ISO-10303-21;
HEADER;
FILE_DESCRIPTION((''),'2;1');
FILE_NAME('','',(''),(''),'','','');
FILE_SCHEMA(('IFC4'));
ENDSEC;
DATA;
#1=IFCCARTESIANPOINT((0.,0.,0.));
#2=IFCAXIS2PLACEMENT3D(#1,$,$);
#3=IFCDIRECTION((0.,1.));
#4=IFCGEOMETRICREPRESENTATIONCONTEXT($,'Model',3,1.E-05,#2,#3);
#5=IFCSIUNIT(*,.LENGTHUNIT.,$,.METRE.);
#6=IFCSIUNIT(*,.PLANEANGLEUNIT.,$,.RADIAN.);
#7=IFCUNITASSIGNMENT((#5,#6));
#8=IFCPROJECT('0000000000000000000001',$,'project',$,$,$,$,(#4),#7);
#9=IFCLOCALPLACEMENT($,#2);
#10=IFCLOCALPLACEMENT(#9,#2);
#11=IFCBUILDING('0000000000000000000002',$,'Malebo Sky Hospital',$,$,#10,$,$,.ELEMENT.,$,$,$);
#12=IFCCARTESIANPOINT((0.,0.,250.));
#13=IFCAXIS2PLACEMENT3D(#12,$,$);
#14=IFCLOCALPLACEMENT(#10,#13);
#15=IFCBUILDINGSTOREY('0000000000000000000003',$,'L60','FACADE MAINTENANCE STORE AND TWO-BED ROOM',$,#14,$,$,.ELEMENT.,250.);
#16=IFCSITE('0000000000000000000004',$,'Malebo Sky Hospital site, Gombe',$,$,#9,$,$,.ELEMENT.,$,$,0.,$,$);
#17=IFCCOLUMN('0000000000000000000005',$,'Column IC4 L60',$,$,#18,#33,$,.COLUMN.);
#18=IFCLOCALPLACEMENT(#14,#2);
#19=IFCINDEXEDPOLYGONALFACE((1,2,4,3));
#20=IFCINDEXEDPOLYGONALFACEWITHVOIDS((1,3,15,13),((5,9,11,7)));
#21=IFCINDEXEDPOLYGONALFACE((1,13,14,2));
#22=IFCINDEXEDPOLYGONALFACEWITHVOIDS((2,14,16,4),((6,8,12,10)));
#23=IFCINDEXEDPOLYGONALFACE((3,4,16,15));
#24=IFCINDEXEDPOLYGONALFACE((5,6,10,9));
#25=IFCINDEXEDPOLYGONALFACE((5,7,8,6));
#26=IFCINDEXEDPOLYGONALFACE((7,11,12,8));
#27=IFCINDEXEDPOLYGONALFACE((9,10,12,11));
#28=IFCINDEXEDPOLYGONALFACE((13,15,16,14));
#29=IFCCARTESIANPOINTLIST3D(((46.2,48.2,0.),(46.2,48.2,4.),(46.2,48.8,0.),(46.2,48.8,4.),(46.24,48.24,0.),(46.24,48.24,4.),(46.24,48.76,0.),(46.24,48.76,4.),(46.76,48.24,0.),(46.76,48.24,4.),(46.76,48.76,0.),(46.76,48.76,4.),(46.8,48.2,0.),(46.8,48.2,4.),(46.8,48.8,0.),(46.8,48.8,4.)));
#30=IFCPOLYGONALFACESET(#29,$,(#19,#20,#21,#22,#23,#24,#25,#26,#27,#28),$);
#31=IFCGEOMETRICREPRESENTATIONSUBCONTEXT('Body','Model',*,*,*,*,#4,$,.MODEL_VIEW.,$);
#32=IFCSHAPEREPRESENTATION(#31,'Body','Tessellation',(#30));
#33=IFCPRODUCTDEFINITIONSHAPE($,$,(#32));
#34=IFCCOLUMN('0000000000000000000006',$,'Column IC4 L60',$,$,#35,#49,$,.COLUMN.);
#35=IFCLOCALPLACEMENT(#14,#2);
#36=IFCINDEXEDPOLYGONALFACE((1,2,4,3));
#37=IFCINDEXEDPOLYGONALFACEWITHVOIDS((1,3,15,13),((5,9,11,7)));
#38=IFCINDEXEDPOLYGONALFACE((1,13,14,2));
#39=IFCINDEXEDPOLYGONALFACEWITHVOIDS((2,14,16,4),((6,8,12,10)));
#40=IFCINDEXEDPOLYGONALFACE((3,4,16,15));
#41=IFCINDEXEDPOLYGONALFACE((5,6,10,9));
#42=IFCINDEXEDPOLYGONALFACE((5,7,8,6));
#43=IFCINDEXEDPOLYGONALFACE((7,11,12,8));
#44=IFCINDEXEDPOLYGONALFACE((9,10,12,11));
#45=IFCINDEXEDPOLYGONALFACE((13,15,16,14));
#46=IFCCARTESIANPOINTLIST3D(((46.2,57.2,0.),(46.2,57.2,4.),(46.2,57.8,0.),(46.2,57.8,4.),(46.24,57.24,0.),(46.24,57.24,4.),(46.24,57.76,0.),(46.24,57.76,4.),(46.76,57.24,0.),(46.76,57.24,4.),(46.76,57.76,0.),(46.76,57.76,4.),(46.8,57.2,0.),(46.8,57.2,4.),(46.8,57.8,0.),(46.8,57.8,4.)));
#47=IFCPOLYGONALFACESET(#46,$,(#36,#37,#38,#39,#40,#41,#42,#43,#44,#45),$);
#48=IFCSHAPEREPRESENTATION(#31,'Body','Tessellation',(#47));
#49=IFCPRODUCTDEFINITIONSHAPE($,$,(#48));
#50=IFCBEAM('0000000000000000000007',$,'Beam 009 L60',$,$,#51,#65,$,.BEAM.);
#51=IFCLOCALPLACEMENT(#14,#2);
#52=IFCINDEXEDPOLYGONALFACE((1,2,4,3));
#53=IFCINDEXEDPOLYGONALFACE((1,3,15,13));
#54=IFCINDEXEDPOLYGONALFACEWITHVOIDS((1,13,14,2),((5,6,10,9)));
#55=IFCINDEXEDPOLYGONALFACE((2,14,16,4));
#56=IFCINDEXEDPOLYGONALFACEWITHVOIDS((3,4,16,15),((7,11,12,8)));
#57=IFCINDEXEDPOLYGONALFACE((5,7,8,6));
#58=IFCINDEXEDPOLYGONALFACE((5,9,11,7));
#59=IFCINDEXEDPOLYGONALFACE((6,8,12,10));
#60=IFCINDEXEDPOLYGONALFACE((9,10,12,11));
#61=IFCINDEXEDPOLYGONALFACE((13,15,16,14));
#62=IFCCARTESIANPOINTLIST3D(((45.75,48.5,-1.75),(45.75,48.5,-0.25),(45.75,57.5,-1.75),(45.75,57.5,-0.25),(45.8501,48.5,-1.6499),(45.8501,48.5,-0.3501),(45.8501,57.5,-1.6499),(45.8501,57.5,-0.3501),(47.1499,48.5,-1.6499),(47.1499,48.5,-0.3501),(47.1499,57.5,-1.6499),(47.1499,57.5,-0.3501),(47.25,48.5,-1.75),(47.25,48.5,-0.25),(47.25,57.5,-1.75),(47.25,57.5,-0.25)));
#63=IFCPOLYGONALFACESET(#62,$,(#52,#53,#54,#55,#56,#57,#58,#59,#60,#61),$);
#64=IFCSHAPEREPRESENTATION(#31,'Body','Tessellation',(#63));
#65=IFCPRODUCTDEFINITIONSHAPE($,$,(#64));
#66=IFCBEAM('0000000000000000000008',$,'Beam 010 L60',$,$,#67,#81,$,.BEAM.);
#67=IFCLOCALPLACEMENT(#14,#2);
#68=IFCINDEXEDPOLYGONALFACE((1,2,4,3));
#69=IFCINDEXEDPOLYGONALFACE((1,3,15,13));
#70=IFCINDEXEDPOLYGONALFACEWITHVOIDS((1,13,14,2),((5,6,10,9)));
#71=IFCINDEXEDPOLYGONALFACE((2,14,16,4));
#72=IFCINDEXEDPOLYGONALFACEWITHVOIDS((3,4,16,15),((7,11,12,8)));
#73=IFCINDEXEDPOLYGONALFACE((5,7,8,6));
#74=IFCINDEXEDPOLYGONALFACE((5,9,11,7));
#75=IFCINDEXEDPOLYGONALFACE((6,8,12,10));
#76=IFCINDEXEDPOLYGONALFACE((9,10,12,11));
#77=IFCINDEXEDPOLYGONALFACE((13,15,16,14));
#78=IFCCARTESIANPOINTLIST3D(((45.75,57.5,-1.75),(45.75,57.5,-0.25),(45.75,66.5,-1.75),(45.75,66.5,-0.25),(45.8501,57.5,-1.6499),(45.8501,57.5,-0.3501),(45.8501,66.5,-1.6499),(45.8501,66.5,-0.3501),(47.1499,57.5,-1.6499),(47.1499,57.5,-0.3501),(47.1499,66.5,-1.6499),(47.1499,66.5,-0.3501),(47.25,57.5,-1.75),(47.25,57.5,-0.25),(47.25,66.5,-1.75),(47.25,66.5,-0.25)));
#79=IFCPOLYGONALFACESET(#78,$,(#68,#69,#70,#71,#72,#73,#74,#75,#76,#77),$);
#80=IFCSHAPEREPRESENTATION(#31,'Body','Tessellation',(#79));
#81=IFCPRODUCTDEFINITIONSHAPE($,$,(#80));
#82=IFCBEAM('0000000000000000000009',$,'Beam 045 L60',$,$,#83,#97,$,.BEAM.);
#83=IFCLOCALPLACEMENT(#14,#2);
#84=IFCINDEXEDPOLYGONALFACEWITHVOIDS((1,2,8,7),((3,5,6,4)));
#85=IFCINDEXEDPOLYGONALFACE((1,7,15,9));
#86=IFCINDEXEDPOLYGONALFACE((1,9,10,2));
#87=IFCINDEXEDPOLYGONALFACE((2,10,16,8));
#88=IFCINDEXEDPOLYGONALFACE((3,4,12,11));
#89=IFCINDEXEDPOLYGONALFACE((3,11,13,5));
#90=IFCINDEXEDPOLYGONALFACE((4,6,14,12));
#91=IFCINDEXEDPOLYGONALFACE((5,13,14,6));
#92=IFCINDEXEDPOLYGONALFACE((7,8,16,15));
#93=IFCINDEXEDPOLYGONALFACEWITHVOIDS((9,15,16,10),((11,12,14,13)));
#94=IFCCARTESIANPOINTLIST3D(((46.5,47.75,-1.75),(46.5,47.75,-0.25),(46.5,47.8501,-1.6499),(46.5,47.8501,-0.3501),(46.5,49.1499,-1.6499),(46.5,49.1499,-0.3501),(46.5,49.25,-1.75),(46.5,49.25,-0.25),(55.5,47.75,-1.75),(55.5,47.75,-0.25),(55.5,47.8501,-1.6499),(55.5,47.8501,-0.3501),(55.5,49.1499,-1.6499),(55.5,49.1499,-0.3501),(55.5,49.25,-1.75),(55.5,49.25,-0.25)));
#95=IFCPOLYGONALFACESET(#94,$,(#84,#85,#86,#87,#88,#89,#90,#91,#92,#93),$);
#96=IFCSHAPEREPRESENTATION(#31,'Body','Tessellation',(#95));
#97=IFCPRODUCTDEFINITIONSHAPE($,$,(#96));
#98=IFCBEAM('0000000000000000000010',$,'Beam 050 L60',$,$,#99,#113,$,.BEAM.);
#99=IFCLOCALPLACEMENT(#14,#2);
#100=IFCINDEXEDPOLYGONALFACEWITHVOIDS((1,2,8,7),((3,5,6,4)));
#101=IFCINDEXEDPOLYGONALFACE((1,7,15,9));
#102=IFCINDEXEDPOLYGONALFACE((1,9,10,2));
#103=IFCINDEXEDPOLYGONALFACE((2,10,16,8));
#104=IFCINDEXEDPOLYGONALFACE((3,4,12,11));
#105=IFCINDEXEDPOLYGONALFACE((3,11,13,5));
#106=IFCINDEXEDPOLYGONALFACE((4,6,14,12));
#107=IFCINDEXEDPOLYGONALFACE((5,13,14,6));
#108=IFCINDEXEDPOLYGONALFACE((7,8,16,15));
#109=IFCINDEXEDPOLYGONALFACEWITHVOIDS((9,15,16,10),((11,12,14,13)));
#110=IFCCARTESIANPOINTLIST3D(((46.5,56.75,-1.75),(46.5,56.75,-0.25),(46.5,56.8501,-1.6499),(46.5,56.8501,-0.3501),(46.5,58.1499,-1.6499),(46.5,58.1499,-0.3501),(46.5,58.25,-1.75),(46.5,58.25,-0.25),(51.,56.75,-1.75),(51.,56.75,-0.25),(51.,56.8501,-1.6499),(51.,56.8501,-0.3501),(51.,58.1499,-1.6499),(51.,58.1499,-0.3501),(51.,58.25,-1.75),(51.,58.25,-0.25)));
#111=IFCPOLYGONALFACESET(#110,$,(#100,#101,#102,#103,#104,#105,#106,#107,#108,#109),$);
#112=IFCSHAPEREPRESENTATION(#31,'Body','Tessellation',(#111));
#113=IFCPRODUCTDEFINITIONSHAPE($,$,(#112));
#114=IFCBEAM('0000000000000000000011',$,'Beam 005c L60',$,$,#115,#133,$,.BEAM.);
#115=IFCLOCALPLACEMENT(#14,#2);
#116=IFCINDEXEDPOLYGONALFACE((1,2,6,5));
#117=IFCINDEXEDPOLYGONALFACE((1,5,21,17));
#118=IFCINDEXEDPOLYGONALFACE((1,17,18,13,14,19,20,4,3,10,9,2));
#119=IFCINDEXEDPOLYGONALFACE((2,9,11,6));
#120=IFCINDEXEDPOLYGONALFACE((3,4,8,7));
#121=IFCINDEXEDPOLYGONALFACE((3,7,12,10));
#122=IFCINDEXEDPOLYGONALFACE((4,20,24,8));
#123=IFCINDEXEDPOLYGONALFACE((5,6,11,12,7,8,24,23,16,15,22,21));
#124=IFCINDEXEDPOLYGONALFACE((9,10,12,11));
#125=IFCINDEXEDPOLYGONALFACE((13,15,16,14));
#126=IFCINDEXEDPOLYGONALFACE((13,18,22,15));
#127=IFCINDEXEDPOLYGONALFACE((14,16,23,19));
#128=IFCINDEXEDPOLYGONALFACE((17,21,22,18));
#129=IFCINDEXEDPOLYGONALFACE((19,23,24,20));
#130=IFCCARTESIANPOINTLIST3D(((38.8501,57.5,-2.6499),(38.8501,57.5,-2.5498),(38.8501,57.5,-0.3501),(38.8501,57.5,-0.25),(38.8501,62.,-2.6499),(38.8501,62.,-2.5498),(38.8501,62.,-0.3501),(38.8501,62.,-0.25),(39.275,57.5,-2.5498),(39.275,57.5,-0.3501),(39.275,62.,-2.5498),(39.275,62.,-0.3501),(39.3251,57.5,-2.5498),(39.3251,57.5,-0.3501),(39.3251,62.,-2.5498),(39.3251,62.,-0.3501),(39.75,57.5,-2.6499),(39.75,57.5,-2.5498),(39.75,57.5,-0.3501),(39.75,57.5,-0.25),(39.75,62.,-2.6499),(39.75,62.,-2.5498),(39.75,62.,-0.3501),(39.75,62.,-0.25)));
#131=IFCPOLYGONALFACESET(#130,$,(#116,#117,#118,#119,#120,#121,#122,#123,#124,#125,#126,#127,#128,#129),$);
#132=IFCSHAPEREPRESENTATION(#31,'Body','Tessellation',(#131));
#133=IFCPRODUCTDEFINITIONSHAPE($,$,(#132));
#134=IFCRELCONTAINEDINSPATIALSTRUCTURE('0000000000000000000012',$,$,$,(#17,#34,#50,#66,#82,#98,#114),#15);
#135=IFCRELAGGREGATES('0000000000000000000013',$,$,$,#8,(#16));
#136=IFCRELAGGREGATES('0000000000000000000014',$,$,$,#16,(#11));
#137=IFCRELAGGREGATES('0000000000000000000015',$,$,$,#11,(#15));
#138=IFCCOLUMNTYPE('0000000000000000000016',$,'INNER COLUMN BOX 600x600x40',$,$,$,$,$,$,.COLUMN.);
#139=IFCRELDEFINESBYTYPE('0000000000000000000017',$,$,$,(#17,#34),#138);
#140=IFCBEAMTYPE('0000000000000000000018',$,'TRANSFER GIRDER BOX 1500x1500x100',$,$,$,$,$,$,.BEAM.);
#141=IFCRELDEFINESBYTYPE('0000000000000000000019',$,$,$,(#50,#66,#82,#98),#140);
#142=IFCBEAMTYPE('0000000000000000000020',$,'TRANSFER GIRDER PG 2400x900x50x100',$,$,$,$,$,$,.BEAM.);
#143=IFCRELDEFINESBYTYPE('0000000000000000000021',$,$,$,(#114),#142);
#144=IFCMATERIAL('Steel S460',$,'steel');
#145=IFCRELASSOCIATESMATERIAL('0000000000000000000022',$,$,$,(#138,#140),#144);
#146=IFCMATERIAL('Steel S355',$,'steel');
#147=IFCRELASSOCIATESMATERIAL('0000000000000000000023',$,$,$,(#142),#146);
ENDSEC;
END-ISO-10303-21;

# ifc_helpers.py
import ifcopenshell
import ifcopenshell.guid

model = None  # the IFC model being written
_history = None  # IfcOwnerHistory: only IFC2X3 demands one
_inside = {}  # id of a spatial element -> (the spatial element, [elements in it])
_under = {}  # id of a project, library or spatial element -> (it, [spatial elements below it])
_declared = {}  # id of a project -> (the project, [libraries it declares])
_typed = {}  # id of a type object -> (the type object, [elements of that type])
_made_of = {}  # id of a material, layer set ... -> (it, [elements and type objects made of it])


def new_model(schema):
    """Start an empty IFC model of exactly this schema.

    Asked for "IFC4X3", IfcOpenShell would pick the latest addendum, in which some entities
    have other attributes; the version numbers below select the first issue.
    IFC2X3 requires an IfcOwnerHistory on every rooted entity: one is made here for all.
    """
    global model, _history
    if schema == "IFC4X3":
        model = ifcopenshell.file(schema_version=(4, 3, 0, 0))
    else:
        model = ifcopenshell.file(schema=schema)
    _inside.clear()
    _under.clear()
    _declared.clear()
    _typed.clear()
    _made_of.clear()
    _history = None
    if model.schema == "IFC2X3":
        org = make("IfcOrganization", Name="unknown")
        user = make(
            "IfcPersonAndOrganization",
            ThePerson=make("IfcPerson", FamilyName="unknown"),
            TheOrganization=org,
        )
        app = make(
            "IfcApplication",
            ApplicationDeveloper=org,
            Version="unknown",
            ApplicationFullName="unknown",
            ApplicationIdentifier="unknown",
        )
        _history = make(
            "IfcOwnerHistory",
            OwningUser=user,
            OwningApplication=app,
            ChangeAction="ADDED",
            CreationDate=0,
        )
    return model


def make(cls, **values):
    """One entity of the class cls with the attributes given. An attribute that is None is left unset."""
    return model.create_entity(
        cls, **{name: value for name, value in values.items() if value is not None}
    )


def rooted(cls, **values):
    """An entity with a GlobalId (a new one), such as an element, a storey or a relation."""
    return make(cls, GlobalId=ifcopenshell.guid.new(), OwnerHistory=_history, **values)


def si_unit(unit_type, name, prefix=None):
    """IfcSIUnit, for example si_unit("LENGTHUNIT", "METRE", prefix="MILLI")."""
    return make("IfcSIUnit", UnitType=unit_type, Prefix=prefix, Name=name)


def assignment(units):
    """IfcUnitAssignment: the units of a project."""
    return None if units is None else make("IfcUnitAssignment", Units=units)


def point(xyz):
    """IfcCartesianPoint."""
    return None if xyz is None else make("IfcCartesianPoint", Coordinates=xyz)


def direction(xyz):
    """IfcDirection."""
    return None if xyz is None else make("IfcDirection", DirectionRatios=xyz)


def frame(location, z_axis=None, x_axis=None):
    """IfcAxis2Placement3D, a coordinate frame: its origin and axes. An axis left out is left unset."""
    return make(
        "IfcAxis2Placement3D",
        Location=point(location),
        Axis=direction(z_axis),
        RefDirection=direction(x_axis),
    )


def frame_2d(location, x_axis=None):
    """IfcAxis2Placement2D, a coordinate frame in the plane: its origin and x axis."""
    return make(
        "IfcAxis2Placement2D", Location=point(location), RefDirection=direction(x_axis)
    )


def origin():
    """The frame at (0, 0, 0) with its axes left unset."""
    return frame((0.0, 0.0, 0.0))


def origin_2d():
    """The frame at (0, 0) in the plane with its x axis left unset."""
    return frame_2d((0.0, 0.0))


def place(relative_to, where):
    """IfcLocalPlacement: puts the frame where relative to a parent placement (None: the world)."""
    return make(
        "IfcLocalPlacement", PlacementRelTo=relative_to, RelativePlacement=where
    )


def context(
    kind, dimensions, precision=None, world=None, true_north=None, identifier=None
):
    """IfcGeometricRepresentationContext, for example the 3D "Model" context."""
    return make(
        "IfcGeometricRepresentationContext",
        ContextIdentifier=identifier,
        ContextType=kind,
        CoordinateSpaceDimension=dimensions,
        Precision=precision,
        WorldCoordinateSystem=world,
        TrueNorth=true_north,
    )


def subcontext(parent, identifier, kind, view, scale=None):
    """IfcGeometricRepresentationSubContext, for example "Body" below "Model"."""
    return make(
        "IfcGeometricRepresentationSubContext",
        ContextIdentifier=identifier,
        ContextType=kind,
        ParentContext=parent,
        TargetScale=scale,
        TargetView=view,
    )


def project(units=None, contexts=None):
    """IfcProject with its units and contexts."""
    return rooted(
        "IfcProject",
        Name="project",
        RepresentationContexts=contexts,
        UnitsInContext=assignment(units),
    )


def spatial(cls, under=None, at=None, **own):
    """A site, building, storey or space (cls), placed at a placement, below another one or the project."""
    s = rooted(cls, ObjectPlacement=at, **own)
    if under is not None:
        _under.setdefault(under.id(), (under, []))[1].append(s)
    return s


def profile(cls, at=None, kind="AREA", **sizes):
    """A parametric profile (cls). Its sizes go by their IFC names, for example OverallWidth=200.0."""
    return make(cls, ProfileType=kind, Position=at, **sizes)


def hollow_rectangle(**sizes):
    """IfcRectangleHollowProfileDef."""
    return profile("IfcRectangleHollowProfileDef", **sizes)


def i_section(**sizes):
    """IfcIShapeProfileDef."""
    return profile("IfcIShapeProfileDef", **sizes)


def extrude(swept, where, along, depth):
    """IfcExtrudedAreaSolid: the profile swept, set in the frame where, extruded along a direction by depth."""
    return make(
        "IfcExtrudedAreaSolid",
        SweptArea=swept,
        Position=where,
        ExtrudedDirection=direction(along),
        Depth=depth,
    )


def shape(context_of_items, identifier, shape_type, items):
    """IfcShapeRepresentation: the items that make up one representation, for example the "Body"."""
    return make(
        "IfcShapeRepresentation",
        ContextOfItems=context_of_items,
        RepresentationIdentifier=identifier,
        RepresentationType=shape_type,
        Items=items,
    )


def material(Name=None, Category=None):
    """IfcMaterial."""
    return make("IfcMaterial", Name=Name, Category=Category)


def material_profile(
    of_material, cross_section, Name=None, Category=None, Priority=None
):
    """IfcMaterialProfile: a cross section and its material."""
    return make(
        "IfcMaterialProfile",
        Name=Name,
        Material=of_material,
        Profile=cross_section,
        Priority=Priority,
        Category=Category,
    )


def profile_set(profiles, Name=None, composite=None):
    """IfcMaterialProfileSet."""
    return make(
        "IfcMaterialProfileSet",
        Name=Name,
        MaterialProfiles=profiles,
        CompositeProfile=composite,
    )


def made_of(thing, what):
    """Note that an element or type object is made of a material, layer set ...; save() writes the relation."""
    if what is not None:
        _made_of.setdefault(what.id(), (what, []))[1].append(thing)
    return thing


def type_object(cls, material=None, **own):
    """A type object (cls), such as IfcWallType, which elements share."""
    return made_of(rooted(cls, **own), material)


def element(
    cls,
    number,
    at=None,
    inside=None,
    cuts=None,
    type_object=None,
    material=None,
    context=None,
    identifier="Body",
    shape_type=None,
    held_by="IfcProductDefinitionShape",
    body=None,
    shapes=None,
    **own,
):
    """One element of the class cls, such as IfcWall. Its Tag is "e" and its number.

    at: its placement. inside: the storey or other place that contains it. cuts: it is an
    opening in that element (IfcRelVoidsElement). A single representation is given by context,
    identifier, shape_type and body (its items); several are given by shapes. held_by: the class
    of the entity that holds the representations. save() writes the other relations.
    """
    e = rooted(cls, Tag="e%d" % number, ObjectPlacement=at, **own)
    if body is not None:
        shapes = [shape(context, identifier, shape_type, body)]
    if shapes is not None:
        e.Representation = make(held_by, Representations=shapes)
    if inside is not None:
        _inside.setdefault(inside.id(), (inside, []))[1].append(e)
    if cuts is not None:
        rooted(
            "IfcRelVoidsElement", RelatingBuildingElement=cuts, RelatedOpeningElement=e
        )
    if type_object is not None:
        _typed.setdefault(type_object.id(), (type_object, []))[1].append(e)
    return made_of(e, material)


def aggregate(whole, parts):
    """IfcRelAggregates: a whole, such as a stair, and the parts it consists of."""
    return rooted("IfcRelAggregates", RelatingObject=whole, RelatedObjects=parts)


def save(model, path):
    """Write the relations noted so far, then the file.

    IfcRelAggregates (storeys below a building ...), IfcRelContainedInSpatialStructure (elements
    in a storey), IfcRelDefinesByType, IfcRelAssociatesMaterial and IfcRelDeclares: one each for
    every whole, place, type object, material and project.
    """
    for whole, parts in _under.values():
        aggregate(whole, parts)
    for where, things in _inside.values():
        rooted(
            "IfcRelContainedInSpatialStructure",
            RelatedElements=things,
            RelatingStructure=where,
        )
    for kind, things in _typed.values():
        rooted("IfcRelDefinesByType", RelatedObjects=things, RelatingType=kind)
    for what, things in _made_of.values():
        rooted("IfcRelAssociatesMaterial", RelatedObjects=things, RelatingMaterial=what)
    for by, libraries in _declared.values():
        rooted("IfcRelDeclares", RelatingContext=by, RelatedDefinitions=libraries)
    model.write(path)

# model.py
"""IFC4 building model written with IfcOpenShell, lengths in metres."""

from ifc_helpers import new_model, si_unit, direction, frame, origin, origin_2d, place, context, subcontext, project, spatial, hollow_rectangle, i_section, extrude, material, material_profile, profile_set, type_object, element, save


model = new_model("IFC4")

# Units and contexts
model_context = context("Model", 3, precision=1e-05, world=origin(), true_north=direction((0.0, 1.0)))
body_context = subcontext(model_context, "Body", "Model", "MODEL_VIEW")
ifc_project = project(units=[si_unit("LENGTHUNIT", "METRE"), si_unit("PLANEANGLEUNIT", "RADIAN")], contexts=[model_context])

# Site, building, storey
site_placement = place(None, origin())
site = spatial("IfcSite", under=ifc_project, at=site_placement, Name="Malebo Sky Hospital site, Gombe", CompositionType="ELEMENT", RefElevation=0.0)
building_placement = place(site_placement, origin())
building = spatial("IfcBuilding", under=site, at=building_placement, Name="Malebo Sky Hospital", CompositionType="ELEMENT")
storey_placement = place(building_placement, frame((0.0, 0.0, 250.0)))
storey = spatial("IfcBuildingStorey", under=building, at=storey_placement, Name="L60", Description="FACADE MAINTENANCE STORE AND TWO-BED ROOM", CompositionType="ELEMENT", Elevation=250.0)

# Columns
ifc_material_1 = material(Name="Steel S460", Category="steel")
ifc_material_profile_1 = material_profile(ifc_material_1, hollow_rectangle(XDim=0.6001, YDim=0.6001, WallThickness=0.04, at=origin_2d()), Name="BOX 600x600x40")
ifc_profile_set_1 = profile_set([ifc_material_profile_1], Name="Steel S460")
column_type = type_object("IfcColumnType", Name="INNER COLUMN BOX 600x600x40", PredefinedType="COLUMN", material=ifc_profile_set_1)
for number, where, z_axis, x_axis, name in (
    (1, (46.5, 48.5, 0.0), (0.0, 0.0, 1.0), (1.0, 0.0, 0.0), "Column IC4 L60"),
    (2, (46.5, 57.5, 0.0), (0.0, 0.0, 1.0), (1.0, 0.0, 0.0), "Column IC4 L60"),
):
    element("IfcColumn", number, at=place(storey_placement, frame(where, z_axis=z_axis, x_axis=x_axis)), inside=storey, type_object=column_type, Name=name, PredefinedType="COLUMN", context=body_context, shape_type="SweptSolid", body=[
        extrude(hollow_rectangle(XDim=0.6001, YDim=0.6001, WallThickness=0.04, at=origin_2d()), origin(), (0.0, 0.0, 1.0), 4.0),
    ])

# Beams
ifc_material_profile_2 = material_profile(ifc_material_1, hollow_rectangle(XDim=1.5, YDim=1.5, WallThickness=0.1001, at=origin_2d()), Name="BOX 1500x1500x100")
ifc_profile_set_2 = profile_set([ifc_material_profile_2], Name="Steel S460")
beam_type_1 = type_object("IfcBeamType", Name="TRANSFER GIRDER BOX 1500x1500x100", PredefinedType="BEAM", material=ifc_profile_set_2)
for number, where, z_axis, x_axis, name in (
    (3, (46.5, 48.5, -1.0), (0.0, 1.0, 0.0), (-1.0, 0.0, 0.0), "Beam 009 L60"),
    (4, (46.5, 57.5, -1.0), (0.0, 1.0, 0.0), (-1.0, 0.0, 0.0), "Beam 010 L60"),
    (5, (46.5, 48.5, -1.0), (1.0, 0.0, 0.0), (0.0, 1.0, 0.0), "Beam 045 L60"),
):
    element("IfcBeam", number, at=place(storey_placement, frame(where, z_axis=z_axis, x_axis=x_axis)), inside=storey, type_object=beam_type_1, Name=name, PredefinedType="BEAM", context=body_context, shape_type="SweptSolid", body=[
        extrude(hollow_rectangle(XDim=1.5, YDim=1.5, WallThickness=0.1001, at=origin_2d()), origin(), (0.0, 0.0, 1.0), 9.0),
    ])
beam_1_placement = place(storey_placement, frame((46.5, 57.5, -1.0), z_axis=(1.0, 0.0, 0.0), x_axis=(0.0, 1.0, 0.0)))
element("IfcBeam", 6, at=beam_1_placement, inside=storey, type_object=beam_type_1, Name="Beam 050 L60", PredefinedType="BEAM", context=body_context, shape_type="SweptSolid", body=[
    extrude(hollow_rectangle(XDim=1.5, YDim=1.5, WallThickness=0.1001, at=origin_2d()), origin(), (0.0, 0.0, 1.0), 4.5),
])
ifc_material_2 = material(Name="Steel S355", Category="steel")
ifc_material_profile_3 = material_profile(ifc_material_2, i_section(OverallWidth=0.8999, OverallDepth=2.3999, WebThickness=0.05, FlangeThickness=0.1001, at=origin_2d()), Name="PG 2400x900x50x100")
ifc_profile_set_3 = profile_set([ifc_material_profile_3], Name="Steel S355")
beam_type_2 = type_object("IfcBeamType", Name="TRANSFER GIRDER PG 2400x900x50x100", PredefinedType="BEAM", material=ifc_profile_set_3)
beam_2_placement = place(storey_placement, frame((39.3, 57.5, -1.45), z_axis=(0.0, 1.0, 0.0), x_axis=(-1.0, 0.0, 0.0)))
element("IfcBeam", 7, at=beam_2_placement, inside=storey, type_object=beam_type_2, Name="Beam 005c L60", PredefinedType="BEAM", context=body_context, shape_type="SweptSolid", body=[
    extrude(i_section(OverallWidth=0.8999, OverallDepth=2.3999, WebThickness=0.05, FlangeThickness=0.1001, at=origin_2d()), origin(), (0.0, 0.0, 1.0), 4.5),
])

save(model, "model.ifc")
